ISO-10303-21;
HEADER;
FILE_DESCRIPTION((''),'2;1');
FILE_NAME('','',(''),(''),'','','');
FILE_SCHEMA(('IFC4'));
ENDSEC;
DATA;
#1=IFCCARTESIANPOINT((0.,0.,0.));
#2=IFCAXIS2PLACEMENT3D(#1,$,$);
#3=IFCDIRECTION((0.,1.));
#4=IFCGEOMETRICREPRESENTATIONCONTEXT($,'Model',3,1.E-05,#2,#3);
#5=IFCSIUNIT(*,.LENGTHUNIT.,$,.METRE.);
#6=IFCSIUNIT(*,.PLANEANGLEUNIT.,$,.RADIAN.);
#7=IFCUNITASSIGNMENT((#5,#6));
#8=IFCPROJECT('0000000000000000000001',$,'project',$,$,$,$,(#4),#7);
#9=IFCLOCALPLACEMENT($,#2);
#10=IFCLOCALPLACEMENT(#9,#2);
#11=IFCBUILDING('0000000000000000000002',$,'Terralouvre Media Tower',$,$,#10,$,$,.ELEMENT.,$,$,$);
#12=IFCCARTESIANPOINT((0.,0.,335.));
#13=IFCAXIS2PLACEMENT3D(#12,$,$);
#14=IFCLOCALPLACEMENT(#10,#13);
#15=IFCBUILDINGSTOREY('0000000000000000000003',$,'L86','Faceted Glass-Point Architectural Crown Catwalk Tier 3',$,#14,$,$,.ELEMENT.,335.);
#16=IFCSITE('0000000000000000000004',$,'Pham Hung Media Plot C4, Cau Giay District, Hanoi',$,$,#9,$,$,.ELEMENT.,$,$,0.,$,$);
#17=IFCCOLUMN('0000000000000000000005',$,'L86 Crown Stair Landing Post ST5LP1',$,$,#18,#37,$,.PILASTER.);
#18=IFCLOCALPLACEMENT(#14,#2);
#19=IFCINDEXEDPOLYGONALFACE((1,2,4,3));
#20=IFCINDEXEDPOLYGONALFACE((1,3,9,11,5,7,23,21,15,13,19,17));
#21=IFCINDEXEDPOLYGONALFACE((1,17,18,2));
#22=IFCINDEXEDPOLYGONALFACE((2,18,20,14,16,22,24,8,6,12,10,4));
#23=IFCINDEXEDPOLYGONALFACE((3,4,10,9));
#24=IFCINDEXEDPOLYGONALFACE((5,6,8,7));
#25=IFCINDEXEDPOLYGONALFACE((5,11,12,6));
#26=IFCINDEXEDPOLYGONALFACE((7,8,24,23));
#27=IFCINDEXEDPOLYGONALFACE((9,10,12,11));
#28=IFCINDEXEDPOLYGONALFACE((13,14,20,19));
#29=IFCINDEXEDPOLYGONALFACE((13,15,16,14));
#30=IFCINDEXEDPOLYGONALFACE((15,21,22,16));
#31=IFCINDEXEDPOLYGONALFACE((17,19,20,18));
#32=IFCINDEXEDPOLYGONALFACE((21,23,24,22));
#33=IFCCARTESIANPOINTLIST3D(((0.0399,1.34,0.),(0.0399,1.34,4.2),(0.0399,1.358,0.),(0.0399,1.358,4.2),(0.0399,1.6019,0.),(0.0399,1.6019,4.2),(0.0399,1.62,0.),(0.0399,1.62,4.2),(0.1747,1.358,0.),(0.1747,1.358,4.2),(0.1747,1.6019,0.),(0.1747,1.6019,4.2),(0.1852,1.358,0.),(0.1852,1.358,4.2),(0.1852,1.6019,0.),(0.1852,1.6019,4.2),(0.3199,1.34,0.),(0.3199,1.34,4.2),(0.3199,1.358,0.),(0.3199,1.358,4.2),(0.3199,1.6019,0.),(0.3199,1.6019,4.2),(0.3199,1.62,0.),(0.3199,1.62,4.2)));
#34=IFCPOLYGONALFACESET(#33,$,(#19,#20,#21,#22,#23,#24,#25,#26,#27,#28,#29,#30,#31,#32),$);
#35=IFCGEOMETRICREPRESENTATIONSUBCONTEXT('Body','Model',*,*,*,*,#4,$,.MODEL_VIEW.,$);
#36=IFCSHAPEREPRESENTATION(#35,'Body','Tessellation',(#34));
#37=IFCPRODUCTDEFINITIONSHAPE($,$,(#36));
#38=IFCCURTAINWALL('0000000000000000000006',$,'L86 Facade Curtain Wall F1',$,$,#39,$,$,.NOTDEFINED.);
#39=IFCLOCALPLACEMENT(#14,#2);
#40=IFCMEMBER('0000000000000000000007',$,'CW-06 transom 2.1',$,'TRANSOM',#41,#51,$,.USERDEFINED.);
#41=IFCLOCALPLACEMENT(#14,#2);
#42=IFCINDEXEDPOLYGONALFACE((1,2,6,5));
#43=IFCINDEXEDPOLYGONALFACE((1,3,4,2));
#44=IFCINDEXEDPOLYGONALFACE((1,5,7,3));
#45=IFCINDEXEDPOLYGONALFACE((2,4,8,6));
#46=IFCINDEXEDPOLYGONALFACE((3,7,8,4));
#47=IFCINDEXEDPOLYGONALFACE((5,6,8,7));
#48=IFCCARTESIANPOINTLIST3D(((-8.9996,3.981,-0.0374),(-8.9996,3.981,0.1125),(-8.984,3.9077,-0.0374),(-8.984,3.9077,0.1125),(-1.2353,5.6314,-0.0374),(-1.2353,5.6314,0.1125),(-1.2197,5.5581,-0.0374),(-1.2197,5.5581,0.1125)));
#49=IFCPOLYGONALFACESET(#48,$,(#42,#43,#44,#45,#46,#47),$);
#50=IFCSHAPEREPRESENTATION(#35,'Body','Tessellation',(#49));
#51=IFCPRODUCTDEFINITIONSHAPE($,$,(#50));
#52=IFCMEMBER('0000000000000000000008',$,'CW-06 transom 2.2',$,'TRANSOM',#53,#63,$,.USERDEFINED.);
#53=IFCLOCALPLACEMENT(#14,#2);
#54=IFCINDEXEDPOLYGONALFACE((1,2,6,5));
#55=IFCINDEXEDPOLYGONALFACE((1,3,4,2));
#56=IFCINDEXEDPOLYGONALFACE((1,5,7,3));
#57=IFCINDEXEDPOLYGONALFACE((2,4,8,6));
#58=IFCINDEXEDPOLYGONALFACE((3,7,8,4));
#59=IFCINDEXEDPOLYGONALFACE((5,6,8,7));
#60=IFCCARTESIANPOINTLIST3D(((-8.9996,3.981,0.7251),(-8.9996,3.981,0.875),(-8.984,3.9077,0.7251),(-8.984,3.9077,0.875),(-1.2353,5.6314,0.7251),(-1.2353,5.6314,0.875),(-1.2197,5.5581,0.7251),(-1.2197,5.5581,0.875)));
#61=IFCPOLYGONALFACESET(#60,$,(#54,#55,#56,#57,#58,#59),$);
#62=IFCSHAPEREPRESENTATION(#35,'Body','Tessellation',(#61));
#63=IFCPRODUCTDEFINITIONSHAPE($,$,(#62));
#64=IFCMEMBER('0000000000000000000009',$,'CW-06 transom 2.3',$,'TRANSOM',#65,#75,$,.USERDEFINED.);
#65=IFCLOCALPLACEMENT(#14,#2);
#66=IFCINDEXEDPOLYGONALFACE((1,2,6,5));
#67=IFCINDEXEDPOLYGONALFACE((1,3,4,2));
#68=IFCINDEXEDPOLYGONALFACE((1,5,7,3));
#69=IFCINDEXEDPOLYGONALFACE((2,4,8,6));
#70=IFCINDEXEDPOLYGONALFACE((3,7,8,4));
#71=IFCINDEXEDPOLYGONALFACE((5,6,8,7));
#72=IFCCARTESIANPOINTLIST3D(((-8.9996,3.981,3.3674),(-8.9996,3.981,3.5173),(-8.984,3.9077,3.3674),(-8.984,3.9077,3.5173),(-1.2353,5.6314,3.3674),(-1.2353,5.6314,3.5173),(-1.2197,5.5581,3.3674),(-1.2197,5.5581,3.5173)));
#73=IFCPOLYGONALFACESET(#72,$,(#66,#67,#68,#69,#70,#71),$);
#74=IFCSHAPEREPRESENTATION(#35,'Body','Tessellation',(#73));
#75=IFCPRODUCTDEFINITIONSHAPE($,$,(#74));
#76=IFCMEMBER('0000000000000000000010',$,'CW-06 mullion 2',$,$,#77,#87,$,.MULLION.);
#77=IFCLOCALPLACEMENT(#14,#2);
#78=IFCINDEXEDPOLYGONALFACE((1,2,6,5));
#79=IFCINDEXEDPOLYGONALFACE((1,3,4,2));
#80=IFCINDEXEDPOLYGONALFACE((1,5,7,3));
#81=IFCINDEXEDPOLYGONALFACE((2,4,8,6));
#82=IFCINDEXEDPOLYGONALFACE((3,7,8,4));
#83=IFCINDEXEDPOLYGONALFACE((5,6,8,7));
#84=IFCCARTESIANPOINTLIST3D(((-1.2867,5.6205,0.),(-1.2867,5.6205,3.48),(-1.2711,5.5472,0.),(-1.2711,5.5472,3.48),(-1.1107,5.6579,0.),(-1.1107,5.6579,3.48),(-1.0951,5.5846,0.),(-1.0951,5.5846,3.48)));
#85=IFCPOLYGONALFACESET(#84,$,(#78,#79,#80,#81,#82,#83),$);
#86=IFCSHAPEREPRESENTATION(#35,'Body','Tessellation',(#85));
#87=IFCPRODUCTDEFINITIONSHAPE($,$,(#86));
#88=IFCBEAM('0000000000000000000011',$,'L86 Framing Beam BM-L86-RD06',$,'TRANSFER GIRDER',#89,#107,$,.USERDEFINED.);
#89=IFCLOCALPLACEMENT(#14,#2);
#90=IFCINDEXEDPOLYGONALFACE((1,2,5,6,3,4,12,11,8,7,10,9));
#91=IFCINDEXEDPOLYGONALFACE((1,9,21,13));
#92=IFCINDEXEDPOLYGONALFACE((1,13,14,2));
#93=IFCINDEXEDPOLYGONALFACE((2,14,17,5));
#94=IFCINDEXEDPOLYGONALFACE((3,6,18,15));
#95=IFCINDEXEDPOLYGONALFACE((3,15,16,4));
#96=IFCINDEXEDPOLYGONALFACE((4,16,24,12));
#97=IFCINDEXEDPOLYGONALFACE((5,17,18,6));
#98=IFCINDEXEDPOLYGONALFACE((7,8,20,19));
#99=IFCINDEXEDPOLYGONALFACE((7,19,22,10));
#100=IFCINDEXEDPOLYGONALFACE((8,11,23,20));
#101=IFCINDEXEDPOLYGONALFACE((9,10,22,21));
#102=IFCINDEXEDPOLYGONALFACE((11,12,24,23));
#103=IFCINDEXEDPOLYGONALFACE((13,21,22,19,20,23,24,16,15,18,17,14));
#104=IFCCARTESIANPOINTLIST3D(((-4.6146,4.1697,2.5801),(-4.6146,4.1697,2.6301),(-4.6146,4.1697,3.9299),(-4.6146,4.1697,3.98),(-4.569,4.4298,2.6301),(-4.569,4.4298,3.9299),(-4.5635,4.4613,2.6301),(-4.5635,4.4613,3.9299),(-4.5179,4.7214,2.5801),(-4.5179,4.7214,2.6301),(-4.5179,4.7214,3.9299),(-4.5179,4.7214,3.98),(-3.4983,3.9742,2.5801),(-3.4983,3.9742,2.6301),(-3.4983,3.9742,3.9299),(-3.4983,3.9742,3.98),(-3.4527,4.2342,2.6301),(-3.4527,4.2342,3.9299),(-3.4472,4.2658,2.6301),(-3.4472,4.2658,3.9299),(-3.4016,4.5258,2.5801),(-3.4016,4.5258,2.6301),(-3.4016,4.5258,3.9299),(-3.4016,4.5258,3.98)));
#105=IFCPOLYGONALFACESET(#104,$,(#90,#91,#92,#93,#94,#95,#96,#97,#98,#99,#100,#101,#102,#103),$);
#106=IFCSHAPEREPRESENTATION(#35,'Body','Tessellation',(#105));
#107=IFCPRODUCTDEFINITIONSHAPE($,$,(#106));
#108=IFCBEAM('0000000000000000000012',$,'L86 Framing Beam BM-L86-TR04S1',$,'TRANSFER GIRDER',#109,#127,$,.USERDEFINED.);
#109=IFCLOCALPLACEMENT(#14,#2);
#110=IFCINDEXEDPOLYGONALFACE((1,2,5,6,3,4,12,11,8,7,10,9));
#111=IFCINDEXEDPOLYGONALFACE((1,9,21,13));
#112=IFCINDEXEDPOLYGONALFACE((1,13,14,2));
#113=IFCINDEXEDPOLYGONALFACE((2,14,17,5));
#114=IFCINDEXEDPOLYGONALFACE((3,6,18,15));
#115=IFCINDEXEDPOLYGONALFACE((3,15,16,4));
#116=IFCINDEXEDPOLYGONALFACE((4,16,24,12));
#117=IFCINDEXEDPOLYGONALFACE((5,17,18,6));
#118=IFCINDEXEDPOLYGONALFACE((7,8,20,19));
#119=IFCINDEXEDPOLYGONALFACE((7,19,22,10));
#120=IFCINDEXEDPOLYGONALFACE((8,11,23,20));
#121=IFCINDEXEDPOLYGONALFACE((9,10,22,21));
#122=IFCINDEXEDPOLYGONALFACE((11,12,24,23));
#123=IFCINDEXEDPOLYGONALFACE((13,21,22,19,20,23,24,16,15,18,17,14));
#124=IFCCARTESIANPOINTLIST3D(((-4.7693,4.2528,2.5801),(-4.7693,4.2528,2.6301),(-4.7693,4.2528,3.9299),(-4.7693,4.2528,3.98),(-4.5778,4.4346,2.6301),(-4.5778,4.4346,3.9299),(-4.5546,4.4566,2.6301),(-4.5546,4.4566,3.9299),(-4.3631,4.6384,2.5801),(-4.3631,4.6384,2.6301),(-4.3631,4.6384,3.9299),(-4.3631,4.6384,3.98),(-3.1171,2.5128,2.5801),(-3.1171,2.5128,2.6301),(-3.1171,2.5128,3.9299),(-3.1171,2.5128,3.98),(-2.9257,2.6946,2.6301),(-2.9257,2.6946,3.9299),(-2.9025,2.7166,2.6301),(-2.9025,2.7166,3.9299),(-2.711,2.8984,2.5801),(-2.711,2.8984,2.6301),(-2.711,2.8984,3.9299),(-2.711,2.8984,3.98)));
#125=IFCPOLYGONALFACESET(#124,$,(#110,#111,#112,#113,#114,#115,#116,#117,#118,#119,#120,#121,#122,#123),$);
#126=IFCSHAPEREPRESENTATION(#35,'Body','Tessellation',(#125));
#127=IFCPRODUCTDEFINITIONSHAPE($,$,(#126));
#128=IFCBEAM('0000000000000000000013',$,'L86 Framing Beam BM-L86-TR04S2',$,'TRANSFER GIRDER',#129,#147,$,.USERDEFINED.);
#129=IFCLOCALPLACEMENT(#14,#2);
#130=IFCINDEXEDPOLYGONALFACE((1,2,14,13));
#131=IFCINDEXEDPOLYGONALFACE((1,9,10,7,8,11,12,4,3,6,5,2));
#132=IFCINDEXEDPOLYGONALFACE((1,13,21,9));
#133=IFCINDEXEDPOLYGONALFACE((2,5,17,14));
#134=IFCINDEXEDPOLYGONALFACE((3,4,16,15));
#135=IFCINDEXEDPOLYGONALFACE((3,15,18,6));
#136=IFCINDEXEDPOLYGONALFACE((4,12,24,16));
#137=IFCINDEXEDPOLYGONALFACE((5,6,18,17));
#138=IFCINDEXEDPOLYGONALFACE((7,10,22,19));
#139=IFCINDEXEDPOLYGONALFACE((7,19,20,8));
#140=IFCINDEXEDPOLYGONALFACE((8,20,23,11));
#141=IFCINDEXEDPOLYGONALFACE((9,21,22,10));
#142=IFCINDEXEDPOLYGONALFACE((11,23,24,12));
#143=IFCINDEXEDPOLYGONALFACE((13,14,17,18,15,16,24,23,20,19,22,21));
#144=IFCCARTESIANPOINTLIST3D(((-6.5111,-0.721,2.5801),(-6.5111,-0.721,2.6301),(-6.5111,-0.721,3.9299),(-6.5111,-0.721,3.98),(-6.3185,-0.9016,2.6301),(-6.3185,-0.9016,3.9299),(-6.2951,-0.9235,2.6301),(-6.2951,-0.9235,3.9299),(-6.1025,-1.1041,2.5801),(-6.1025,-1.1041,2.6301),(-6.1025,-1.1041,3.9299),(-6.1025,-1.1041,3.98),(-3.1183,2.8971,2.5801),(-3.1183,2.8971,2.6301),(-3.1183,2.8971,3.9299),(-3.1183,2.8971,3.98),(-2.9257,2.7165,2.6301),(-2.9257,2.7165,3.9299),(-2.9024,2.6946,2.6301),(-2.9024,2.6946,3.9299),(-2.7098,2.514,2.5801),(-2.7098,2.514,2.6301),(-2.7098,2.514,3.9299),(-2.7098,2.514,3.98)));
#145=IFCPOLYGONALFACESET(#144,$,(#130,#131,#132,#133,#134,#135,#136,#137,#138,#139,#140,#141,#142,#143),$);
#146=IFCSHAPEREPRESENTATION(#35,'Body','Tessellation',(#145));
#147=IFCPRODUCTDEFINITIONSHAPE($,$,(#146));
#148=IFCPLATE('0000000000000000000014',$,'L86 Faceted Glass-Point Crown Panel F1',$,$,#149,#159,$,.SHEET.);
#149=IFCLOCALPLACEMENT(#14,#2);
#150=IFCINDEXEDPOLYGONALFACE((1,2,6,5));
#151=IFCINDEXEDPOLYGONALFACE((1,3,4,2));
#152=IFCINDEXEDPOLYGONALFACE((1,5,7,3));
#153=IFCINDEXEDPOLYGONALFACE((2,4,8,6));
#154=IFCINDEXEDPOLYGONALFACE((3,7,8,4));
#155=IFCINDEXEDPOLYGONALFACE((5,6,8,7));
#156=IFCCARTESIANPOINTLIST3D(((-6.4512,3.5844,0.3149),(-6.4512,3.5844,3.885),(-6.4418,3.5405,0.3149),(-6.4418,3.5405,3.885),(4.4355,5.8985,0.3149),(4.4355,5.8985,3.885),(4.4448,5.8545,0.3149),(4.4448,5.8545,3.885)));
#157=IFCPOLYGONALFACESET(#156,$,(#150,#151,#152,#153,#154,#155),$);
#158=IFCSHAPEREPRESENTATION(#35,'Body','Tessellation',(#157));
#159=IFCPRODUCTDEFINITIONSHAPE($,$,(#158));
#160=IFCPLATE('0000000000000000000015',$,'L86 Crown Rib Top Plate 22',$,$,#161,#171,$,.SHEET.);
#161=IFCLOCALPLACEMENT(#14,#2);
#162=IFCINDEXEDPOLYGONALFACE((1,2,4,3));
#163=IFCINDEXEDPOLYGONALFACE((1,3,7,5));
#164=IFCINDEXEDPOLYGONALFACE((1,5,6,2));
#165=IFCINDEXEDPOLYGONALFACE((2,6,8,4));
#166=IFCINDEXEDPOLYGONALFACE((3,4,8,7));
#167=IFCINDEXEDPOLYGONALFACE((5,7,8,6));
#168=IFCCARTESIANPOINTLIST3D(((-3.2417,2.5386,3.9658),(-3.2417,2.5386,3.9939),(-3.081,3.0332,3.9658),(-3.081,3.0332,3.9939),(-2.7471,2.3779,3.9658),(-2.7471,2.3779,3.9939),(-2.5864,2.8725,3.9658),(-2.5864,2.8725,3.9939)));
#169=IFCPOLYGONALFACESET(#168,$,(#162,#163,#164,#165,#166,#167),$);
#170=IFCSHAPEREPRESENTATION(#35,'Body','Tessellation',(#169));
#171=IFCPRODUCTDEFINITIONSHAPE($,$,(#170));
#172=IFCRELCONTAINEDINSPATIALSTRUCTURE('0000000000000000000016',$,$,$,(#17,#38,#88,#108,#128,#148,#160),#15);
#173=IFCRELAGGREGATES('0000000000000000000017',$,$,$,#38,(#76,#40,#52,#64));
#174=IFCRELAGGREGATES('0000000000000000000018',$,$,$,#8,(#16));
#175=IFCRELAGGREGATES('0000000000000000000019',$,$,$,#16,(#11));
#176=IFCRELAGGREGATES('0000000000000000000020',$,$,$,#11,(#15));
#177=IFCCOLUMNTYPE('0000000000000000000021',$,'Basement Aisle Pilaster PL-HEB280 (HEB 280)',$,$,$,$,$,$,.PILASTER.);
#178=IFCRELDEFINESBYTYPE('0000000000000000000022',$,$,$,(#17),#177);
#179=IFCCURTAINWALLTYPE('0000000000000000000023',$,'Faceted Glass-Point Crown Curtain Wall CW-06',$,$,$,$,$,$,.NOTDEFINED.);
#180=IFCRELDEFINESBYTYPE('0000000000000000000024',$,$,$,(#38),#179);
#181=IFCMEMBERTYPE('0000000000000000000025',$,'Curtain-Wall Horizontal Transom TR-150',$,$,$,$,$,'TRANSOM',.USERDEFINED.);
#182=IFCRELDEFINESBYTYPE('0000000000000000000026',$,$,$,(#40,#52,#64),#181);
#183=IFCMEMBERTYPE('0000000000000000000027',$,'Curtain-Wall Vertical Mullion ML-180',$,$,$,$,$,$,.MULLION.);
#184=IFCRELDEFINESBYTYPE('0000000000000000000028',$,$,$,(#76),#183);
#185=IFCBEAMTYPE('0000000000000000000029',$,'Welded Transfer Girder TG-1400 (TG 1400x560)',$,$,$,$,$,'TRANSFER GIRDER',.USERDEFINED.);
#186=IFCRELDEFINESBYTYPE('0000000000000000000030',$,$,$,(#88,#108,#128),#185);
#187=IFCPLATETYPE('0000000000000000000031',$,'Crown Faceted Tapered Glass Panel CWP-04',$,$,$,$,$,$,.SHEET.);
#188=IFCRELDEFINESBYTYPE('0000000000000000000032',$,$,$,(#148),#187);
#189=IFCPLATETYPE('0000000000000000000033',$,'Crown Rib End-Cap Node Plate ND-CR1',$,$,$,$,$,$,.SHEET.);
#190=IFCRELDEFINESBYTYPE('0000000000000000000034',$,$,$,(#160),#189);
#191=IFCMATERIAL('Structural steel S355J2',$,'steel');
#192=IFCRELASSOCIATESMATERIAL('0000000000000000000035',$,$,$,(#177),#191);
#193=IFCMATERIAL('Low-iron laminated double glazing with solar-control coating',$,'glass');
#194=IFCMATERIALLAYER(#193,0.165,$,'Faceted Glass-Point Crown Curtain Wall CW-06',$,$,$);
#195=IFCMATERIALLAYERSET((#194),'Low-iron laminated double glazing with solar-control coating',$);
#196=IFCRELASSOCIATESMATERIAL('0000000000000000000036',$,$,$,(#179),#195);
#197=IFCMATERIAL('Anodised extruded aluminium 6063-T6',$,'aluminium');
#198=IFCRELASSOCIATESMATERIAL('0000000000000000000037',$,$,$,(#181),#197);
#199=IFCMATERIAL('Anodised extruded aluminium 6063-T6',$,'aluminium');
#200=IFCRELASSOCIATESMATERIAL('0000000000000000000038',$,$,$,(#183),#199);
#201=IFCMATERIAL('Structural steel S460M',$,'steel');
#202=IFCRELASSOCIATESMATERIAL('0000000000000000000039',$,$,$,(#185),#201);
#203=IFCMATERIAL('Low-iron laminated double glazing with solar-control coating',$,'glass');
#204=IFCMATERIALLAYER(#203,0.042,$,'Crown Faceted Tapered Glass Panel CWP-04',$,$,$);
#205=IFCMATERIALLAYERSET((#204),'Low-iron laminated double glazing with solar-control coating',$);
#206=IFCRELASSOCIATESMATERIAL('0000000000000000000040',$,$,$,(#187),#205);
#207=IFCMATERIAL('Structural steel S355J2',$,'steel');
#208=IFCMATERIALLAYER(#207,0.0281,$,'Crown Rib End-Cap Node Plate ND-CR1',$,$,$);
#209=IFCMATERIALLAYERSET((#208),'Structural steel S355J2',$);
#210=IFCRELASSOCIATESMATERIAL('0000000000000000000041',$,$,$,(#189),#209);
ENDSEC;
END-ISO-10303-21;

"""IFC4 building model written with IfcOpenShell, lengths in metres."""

from ifc_helpers import new_model, si_unit, direction, frame, origin, origin_2d, place, context, subcontext, project, spatial, rectangle, i_section, extrude, material, layer, layer_set, material_profile, profile_set, type_object, element, aggregate, save


model = new_model("IFC4")

# Units and contexts
model_context = context("Model", 3, precision=1e-05, world=origin(), true_north=direction((0.0, 1.0)))
body_context = subcontext(model_context, "Body", "Model", "MODEL_VIEW")
ifc_project = project(units=[si_unit("LENGTHUNIT", "METRE"), si_unit("PLANEANGLEUNIT", "RADIAN")], contexts=[model_context])

# Site, building, storey
site_placement = place(None, origin())
site = spatial("IfcSite", under=ifc_project, at=site_placement, Name="Pham Hung Media Plot C4, Cau Giay District, Hanoi", CompositionType="ELEMENT", RefElevation=0.0)
building_placement = place(site_placement, origin())
building = spatial("IfcBuilding", under=site, at=building_placement, Name="Terralouvre Media Tower", CompositionType="ELEMENT")
storey_placement = place(building_placement, frame((0.0, 0.0, 335.0)))
storey = spatial("IfcBuildingStorey", under=building, at=storey_placement, Name="L86", Description="Faceted Glass-Point Architectural Crown Catwalk Tier 3", CompositionType="ELEMENT", Elevation=335.0)

# Column
ifc_material_1 = material(Name="Structural steel S355J2", Category="steel")
ifc_material_profile_1 = material_profile(ifc_material_1, i_section(OverallWidth=0.28, OverallDepth=0.28, WebThickness=0.0105, FlangeThickness=0.0181, at=origin_2d()), Name="HEB 280")
ifc_profile_set_1 = profile_set([ifc_material_profile_1], Name="Structural steel S355J2")
column_type = type_object("IfcColumnType", Name="Basement Aisle Pilaster PL-HEB280 (HEB 280)", PredefinedType="PILASTER", material=ifc_profile_set_1)
column_placement = place(storey_placement, frame((0.1799, 1.48, 0.0), z_axis=(0.0, 0.0, 1.0), x_axis=(1.0, 0.0, 0.0)))
element("IfcColumn", 1, at=column_placement, inside=storey, type_object=column_type, Name="L86 Crown Stair Landing Post ST5LP1", PredefinedType="PILASTER", context=body_context, shape_type="SweptSolid", body=[
    extrude(i_section(OverallWidth=0.28, OverallDepth=0.28, WebThickness=0.0105, FlangeThickness=0.0181, at=origin_2d()), origin(), (0.0, 0.0, 1.0), 4.2),
])

# Curtain wall, members
ifc_material_2 = material(Name="Low-iron laminated double glazing with solar-control coating", Category="glass")
ifc_layer_1 = layer(ifc_material_2, 0.165, Name="Faceted Glass-Point Crown Curtain Wall CW-06")
ifc_layer_set_1 = layer_set([ifc_layer_1], Name="Low-iron laminated double glazing with solar-control coating")
curtain_wall_type = type_object("IfcCurtainWallType", Name="Faceted Glass-Point Crown Curtain Wall CW-06", PredefinedType="NOTDEFINED", material=ifc_layer_set_1)
curtain_wall_placement = place(storey_placement, origin())
curtain_wall = element("IfcCurtainWall", 2, at=curtain_wall_placement, inside=storey, type_object=curtain_wall_type, Name="L86 Facade Curtain Wall F1", PredefinedType="NOTDEFINED")
ifc_material_3 = material(Name="Anodised extruded aluminium 6063-T6", Category="aluminium")
ifc_material_profile_2 = material_profile(ifc_material_3, rectangle(XDim=0.075, YDim=0.1499, at=origin_2d()), Name="ALU 75x150")
ifc_profile_set_2 = profile_set([ifc_material_profile_2], Name="Anodised extruded aluminium 6063-T6")
member_type_1 = type_object("IfcMemberType", Name="Curtain-Wall Horizontal Transom TR-150", ElementType="TRANSOM", PredefinedType="USERDEFINED", material=ifc_profile_set_2)
member_1_placement = place(storey_placement, frame((-1.2275, 5.5947, 0.0376), z_axis=(-0.978146, -0.20792, 0.0), x_axis=(0.20792, -0.978146, 0.0)))
member_1 = element("IfcMember", 3, at=member_1_placement, type_object=member_type_1, Name="CW-06 transom 2.1", ObjectType="TRANSOM", PredefinedType="USERDEFINED", context=body_context, shape_type="SweptSolid", body=[
    extrude(rectangle(XDim=0.075, YDim=0.1499, at=origin_2d()), origin(), (0.0, 0.0, 1.0), 7.9377),
])
member_2_placement = place(storey_placement, frame((-1.2275, 5.5947, 0.8), z_axis=(-0.978146, -0.20792, 0.0), x_axis=(0.20792, -0.978146, 0.0)))
member_2 = element("IfcMember", 4, at=member_2_placement, type_object=member_type_1, Name="CW-06 transom 2.2", ObjectType="TRANSOM", PredefinedType="USERDEFINED", context=body_context, shape_type="SweptSolid", body=[
    extrude(rectangle(XDim=0.075, YDim=0.1499, at=origin_2d()), origin(), (0.0, 0.0, 1.0), 7.9377),
])
member_3_placement = place(storey_placement, frame((-1.2275, 5.5947, 3.4424), z_axis=(-0.978146, -0.20792, 0.0), x_axis=(0.20792, -0.978146, 0.0)))
member_3 = element("IfcMember", 5, at=member_3_placement, type_object=member_type_1, Name="CW-06 transom 2.3", ObjectType="TRANSOM", PredefinedType="USERDEFINED", context=body_context, shape_type="SweptSolid", body=[
    extrude(rectangle(XDim=0.075, YDim=0.1499, at=origin_2d()), origin(), (0.0, 0.0, 1.0), 7.9377),
])
ifc_material_4 = material(Name="Anodised extruded aluminium 6063-T6", Category="aluminium")
ifc_material_profile_3 = material_profile(ifc_material_4, rectangle(XDim=0.075, YDim=0.1799, at=origin_2d()), Name="ALU 75x180")
ifc_profile_set_3 = profile_set([ifc_material_profile_3], Name="Anodised extruded aluminium 6063-T6")
member_type_2 = type_object("IfcMemberType", Name="Curtain-Wall Vertical Mullion ML-180", PredefinedType="MULLION", material=ifc_profile_set_3)
member_4_placement = place(storey_placement, frame((-1.1909, 5.6025, 0.0), z_axis=(0.0, 0.0, 1.0), x_axis=(0.207912, -0.978148, 0.0)))
member_4 = element("IfcMember", 6, at=member_4_placement, type_object=member_type_2, Name="CW-06 mullion 2", PredefinedType="MULLION", context=body_context, shape_type="SweptSolid", body=[
    extrude(rectangle(XDim=0.075, YDim=0.1799, at=origin_2d()), origin(), (0.0, 0.0, 1.0), 3.48),
])
aggregate(curtain_wall, [member_4, member_1, member_2, member_3])

# Beams
ifc_material_5 = material(Name="Structural steel S460M", Category="steel")
ifc_material_profile_4 = material_profile(ifc_material_5, i_section(OverallWidth=0.5601, OverallDepth=1.3999, WebThickness=0.032, FlangeThickness=0.05, at=origin_2d()), Name="TG 1400x560")
ifc_profile_set_4 = profile_set([ifc_material_profile_4], Name="Structural steel S460M")
beam_type = type_object("IfcBeamType", Name="Welded Transfer Girder TG-1400 (TG 1400x560)", ElementType="TRANSFER GIRDER", PredefinedType="USERDEFINED", material=ifc_profile_set_4)
beam_1_placement = place(storey_placement, frame((-3.45, 4.25, 3.28), z_axis=(-0.984998, 0.172568, 0.0), x_axis=(-0.172568, -0.984998, 0.0)))
element("IfcBeam", 7, at=beam_1_placement, inside=storey, type_object=beam_type, Name="L86 Framing Beam BM-L86-RD06", ObjectType="TRANSFER GIRDER", PredefinedType="USERDEFINED", context=body_context, shape_type="SweptSolid", body=[
    extrude(i_section(OverallWidth=0.5601, OverallDepth=1.3999, WebThickness=0.032, FlangeThickness=0.05, at=origin_2d()), origin(), (0.0, 0.0, 1.0), 1.1333),
])
beam_2_placement = place(storey_placement, frame((-2.9141, 2.7056, 3.28), z_axis=(-0.688554, 0.725185, 0.0), x_axis=(-0.725185, -0.688554, 0.0)))
element("IfcBeam", 8, at=beam_2_placement, inside=storey, type_object=beam_type, Name="L86 Framing Beam BM-L86-TR04S1", ObjectType="TRANSFER GIRDER", PredefinedType="USERDEFINED", context=body_context, shape_type="SweptSolid", body=[
    extrude(i_section(OverallWidth=0.5601, OverallDepth=1.3999, WebThickness=0.032, FlangeThickness=0.05, at=origin_2d()), origin(), (0.0, 0.0, 1.0), 2.3994),
])
beam_3_placement = place(storey_placement, frame((-2.9141, 2.7056, 3.28), z_axis=(-0.684026, -0.729457, 0.0), x_axis=(0.729457, -0.684026, 0.0)))
element("IfcBeam", 9, at=beam_3_placement, inside=storey, type_object=beam_type, Name="L86 Framing Beam BM-L86-TR04S2", ObjectType="TRANSFER GIRDER", PredefinedType="USERDEFINED", context=body_context, shape_type="SweptSolid", body=[
    extrude(i_section(OverallWidth=0.5601, OverallDepth=1.3999, WebThickness=0.032, FlangeThickness=0.05, at=origin_2d()), origin(), (0.0, 0.0, 1.0), 4.96),
])

# Plates
ifc_material_6 = material(Name="Low-iron laminated double glazing with solar-control coating", Category="glass")
ifc_layer_2 = layer(ifc_material_6, 0.042, Name="Crown Faceted Tapered Glass Panel CWP-04")
ifc_layer_set_2 = layer_set([ifc_layer_2], Name="Low-iron laminated double glazing with solar-control coating")
plate_type_1 = type_object("IfcPlateType", Name="Crown Faceted Tapered Glass Panel CWP-04", PredefinedType="SHEET", material=ifc_layer_set_2)
plate_1_placement = place(storey_placement, frame((-1.0032, 4.7195, 0.3149), z_axis=(0.0, 0.0, 1.0), x_axis=(-0.978148, -0.207912, 0.0)))
element("IfcPlate", 10, at=plate_1_placement, inside=storey, type_object=plate_type_1, Name="L86 Faceted Glass-Point Crown Panel F1", PredefinedType="SHEET", context=body_context, shape_type="SweptSolid", body=[
    extrude(rectangle(XDim=11.1299, YDim=0.0449, at=origin_2d()), origin(), (0.0, 0.0, 1.0), 3.5701),
])
ifc_material_7 = material(Name="Structural steel S355J2", Category="steel")
ifc_layer_3 = layer(ifc_material_7, 0.0281, Name="Crown Rib End-Cap Node Plate ND-CR1")
ifc_layer_set_3 = layer_set([ifc_layer_3], Name="Structural steel S355J2")
plate_type_2 = type_object("IfcPlateType", Name="Crown Rib End-Cap Node Plate ND-CR1", PredefinedType="SHEET", material=ifc_layer_set_3)
plate_2_placement = place(storey_placement, frame((-2.9141, 2.7056, 3.9658), z_axis=(0.0, 0.0, 1.0), x_axis=(0.309017, 0.951057, 0.0)))
element("IfcPlate", 11, at=plate_2_placement, inside=storey, type_object=plate_type_2, Name="L86 Crown Rib Top Plate 22", PredefinedType="SHEET", context=body_context, shape_type="SweptSolid", body=[
    extrude(rectangle(XDim=0.52, YDim=0.52, at=origin_2d()), origin(), (0.0, 0.0, 1.0), 0.0281),
])

save(model, "model.ifc")
